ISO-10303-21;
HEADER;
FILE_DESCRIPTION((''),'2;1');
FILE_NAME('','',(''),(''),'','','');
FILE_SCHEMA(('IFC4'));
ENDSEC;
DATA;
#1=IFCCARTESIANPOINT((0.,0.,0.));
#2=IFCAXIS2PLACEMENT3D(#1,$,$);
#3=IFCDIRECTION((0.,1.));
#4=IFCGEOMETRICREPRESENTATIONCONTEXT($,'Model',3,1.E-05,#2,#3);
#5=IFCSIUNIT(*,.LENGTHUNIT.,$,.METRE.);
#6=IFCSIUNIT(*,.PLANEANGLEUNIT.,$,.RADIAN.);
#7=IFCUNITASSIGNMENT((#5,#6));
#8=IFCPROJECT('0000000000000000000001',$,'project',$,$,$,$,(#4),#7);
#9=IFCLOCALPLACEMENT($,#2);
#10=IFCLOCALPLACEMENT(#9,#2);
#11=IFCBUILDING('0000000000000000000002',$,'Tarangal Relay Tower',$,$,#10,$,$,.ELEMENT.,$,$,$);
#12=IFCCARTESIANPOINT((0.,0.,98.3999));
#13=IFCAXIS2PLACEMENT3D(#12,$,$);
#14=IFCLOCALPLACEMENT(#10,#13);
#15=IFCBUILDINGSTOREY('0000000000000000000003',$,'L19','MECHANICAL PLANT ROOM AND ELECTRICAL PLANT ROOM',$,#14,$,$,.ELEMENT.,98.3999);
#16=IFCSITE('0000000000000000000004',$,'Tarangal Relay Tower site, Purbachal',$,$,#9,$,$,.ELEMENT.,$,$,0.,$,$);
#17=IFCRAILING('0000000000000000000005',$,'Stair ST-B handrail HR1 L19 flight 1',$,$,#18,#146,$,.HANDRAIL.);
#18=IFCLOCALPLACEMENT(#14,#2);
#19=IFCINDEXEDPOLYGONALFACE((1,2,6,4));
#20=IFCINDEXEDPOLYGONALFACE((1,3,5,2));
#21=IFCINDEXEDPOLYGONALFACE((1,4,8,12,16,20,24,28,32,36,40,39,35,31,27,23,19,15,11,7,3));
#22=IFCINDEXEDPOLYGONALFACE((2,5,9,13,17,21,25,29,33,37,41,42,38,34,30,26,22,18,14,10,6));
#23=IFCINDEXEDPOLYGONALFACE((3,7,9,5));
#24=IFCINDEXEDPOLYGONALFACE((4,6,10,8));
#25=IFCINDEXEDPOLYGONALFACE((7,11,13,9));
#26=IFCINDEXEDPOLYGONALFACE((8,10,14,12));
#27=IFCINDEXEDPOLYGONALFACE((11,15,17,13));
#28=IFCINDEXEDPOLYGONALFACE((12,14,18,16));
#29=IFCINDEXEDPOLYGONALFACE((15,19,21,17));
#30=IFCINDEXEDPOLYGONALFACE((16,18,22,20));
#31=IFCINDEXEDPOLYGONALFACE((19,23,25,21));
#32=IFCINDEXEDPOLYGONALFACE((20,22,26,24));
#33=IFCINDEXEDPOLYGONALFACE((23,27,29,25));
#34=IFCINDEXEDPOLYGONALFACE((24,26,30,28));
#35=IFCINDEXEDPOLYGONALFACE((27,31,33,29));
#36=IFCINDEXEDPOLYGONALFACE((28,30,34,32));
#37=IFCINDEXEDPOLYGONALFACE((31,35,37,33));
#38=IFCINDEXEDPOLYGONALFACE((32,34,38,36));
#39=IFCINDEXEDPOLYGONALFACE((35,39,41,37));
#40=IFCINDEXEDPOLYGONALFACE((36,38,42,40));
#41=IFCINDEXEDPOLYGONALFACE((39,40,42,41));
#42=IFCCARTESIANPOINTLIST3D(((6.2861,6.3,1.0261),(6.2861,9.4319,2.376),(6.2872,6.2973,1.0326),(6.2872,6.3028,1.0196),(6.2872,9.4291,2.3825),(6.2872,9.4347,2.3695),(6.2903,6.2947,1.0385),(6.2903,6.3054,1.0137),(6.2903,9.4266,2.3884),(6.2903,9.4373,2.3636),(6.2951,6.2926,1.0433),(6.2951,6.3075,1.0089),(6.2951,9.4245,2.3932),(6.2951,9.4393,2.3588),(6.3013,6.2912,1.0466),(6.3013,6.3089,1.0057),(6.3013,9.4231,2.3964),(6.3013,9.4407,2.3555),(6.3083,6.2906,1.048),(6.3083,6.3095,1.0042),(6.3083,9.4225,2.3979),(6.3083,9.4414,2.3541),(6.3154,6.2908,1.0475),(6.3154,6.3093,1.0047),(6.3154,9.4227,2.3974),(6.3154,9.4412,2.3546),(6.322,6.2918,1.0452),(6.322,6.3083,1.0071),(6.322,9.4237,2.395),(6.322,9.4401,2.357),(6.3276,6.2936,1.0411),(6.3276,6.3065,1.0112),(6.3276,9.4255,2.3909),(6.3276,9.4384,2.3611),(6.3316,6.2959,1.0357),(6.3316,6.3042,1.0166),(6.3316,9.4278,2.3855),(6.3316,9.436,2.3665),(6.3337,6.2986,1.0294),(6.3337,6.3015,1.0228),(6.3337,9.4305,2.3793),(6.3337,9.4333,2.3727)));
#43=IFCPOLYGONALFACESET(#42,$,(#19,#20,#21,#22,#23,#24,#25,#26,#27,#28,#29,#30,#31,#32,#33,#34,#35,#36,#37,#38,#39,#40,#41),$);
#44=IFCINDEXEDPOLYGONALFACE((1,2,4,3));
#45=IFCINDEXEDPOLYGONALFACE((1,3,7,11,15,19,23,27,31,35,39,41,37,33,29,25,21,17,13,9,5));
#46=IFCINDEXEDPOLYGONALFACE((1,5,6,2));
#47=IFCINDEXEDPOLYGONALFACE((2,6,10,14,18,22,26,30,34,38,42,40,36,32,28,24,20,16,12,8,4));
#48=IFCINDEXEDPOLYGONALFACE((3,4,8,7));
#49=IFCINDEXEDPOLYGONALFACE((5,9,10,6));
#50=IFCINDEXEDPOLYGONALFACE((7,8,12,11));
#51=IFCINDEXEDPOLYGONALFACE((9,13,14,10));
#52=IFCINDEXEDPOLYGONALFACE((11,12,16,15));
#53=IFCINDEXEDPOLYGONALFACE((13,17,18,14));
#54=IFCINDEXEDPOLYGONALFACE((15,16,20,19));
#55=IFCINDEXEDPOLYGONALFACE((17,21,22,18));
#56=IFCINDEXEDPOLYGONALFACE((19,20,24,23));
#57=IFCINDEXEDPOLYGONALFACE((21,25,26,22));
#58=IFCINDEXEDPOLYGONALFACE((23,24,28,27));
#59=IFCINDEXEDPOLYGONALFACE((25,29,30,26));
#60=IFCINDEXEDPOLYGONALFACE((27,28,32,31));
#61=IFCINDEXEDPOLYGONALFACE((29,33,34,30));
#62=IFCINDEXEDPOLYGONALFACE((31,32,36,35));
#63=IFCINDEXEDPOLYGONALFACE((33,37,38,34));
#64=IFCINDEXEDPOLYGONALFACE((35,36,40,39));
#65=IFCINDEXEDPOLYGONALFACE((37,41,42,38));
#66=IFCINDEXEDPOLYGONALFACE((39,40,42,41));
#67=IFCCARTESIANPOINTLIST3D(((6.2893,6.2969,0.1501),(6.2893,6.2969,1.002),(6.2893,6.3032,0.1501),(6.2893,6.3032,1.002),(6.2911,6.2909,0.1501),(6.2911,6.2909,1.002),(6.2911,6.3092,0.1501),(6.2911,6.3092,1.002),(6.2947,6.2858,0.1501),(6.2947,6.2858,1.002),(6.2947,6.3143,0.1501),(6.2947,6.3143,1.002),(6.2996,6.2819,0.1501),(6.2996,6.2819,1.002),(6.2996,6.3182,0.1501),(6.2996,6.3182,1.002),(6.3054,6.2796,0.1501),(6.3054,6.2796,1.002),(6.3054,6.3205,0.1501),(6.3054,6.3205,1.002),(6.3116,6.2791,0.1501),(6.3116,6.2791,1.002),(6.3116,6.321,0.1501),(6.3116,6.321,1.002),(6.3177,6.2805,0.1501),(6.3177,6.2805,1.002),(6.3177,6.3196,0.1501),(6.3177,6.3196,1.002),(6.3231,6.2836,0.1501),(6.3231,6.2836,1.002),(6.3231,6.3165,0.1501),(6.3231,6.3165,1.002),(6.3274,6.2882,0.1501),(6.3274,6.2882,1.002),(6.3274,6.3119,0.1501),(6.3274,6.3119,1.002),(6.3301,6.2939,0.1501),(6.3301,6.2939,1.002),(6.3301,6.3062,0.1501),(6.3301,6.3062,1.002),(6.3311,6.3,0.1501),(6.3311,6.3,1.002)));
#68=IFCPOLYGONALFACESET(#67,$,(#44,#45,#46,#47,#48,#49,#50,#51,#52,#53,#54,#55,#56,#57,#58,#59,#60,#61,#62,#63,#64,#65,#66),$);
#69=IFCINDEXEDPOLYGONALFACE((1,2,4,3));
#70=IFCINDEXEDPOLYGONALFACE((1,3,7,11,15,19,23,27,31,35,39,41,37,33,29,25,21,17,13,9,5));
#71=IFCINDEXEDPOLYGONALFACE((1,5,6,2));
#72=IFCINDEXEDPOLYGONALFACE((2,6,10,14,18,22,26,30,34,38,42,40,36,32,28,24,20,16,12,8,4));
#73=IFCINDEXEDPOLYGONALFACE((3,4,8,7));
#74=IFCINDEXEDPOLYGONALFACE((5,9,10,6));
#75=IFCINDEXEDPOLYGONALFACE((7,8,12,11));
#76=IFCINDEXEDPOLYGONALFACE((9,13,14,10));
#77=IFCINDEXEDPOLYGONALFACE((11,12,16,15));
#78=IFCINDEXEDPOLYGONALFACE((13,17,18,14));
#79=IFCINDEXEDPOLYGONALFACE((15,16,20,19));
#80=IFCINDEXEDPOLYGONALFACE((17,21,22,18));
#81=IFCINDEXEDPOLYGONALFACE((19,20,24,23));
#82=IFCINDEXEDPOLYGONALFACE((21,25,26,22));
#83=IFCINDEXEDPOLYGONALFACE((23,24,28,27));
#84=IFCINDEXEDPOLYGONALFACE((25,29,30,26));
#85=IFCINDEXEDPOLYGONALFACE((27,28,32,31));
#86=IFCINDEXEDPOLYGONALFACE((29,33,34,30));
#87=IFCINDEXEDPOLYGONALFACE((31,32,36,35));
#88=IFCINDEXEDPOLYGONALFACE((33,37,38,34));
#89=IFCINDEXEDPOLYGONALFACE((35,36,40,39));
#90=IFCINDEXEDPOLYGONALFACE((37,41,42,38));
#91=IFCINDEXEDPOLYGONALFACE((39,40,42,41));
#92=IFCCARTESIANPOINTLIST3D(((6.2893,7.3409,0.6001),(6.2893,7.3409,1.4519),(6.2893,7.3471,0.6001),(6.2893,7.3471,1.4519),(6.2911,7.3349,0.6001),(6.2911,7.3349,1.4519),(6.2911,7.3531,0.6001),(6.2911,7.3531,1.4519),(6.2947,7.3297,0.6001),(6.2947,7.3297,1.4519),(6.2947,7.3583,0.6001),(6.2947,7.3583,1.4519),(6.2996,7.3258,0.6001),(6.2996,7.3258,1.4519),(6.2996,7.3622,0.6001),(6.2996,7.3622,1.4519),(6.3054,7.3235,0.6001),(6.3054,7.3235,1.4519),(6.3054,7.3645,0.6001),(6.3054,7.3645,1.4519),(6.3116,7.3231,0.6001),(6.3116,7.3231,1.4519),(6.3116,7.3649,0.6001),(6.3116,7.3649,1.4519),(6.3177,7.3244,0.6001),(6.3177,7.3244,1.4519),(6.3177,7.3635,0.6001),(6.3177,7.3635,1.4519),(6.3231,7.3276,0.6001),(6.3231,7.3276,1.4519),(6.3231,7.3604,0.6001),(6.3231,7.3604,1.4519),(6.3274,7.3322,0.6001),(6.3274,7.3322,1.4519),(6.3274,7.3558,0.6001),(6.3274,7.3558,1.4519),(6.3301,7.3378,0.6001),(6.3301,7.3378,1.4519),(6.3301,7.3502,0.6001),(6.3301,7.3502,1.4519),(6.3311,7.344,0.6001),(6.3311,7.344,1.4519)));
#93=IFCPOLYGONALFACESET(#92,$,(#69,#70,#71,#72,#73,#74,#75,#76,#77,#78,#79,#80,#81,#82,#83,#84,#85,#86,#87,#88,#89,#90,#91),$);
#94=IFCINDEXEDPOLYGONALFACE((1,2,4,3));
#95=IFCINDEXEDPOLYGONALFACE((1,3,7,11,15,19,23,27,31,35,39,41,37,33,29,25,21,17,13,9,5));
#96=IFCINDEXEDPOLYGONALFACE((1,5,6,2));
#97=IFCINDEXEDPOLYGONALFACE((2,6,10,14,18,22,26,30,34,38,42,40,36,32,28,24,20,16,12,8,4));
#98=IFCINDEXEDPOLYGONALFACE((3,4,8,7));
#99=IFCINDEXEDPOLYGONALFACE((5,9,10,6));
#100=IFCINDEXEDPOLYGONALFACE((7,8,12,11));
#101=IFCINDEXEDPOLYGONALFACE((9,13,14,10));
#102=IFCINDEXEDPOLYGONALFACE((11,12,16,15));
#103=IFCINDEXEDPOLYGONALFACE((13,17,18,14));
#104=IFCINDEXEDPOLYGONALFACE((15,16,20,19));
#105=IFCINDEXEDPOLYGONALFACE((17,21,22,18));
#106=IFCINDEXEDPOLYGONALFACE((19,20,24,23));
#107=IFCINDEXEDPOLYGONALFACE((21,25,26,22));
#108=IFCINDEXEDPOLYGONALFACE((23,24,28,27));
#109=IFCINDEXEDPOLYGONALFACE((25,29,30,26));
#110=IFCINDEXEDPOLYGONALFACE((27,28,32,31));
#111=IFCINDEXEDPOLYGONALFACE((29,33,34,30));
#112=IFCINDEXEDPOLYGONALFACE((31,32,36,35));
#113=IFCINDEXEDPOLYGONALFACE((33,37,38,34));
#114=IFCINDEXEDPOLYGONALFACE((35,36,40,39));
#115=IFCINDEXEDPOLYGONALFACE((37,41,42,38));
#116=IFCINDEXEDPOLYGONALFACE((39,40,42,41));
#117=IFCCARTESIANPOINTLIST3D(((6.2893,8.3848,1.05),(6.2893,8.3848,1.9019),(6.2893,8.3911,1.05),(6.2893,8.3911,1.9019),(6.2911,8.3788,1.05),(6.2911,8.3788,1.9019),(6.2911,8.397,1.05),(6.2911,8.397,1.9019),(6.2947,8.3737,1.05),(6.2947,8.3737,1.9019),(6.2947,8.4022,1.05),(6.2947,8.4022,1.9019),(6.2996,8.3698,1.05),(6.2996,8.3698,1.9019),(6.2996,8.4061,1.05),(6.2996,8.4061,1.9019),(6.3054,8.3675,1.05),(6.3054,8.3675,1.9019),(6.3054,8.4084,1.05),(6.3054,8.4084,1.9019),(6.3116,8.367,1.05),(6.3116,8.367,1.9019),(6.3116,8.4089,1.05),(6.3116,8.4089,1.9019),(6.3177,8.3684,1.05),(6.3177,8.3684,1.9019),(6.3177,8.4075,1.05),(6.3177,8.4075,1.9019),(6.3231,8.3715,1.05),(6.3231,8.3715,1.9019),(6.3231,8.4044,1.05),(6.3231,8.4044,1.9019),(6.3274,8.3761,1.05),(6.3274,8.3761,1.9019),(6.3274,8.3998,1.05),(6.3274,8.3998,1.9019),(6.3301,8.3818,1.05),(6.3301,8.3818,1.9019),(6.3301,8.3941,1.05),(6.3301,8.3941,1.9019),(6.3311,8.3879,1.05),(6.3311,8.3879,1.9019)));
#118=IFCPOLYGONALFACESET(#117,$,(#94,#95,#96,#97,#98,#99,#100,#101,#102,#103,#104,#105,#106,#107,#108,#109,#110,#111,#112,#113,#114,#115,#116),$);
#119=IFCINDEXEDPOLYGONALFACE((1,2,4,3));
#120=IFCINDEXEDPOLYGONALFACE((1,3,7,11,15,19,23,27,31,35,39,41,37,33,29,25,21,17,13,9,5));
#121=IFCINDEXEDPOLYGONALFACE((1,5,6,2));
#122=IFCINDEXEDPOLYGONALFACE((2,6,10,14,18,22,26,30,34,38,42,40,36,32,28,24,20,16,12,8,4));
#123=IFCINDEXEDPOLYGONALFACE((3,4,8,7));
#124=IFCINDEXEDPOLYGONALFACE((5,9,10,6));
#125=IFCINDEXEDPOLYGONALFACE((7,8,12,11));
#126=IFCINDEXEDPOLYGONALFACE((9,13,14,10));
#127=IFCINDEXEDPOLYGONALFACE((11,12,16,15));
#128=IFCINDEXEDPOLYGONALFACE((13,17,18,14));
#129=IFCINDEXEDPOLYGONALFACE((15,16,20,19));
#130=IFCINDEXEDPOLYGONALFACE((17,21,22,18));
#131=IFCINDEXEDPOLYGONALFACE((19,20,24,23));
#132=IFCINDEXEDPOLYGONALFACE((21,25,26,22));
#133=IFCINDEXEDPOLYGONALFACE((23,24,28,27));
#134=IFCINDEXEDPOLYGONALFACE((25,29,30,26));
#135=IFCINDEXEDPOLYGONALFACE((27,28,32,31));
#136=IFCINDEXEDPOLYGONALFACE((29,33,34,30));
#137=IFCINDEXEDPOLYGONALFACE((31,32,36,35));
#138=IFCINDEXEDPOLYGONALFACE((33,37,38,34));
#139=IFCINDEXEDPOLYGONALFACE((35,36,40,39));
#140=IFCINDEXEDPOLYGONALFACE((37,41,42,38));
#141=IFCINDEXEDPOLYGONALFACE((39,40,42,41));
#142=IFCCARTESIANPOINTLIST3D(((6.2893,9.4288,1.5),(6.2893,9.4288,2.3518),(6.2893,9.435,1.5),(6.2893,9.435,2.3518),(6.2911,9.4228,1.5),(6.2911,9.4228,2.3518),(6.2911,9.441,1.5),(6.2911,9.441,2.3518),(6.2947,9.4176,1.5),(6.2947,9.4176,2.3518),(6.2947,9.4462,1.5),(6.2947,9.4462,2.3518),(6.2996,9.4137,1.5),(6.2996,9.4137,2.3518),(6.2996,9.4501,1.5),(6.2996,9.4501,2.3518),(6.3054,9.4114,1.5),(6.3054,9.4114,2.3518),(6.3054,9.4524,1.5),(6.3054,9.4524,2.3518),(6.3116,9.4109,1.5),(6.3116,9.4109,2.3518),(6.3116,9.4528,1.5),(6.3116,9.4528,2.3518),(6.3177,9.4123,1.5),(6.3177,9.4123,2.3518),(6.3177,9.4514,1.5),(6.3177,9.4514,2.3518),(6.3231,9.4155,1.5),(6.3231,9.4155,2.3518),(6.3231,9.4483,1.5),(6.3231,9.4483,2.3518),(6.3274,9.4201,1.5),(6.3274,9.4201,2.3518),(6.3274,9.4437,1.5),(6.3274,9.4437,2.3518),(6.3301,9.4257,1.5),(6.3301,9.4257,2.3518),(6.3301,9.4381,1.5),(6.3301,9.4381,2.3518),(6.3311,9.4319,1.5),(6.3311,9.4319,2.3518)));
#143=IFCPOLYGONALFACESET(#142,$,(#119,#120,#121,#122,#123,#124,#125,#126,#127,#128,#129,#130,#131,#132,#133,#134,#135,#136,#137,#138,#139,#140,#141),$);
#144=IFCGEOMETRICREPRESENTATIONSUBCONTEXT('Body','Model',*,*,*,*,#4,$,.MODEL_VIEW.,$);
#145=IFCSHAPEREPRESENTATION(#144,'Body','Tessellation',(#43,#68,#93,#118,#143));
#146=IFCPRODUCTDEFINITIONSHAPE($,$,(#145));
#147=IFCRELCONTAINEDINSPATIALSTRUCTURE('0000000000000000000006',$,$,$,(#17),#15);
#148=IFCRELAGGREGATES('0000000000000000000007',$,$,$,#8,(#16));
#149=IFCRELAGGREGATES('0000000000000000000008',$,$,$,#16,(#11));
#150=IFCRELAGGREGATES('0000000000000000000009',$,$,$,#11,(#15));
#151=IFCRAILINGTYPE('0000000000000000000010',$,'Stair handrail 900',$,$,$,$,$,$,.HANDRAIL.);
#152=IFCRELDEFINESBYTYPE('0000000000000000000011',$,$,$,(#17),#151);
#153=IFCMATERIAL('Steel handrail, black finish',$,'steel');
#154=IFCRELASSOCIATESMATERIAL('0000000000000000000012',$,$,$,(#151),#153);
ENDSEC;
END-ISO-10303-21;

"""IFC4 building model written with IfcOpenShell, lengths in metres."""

from ifc_helpers import new_model, si_unit, direction, frame, origin, origin_2d, place, context, subcontext, project, spatial, circle, extrude, material, type_object, element, save


model = new_model("IFC4")

# Units and contexts
model_context = context("Model", 3, precision=1e-05, world=origin(), true_north=direction((0.0, 1.0)))
body_context = subcontext(model_context, "Body", "Model", "MODEL_VIEW")
ifc_project = project(units=[si_unit("LENGTHUNIT", "METRE"), si_unit("PLANEANGLEUNIT", "RADIAN")], contexts=[model_context])

# Site, building, storey
site_placement = place(None, origin())
site = spatial("IfcSite", under=ifc_project, at=site_placement, Name="Tarangal Relay Tower site, Purbachal", CompositionType="ELEMENT", RefElevation=0.0)
building_placement = place(site_placement, origin())
building = spatial("IfcBuilding", under=site, at=building_placement, Name="Tarangal Relay Tower", CompositionType="ELEMENT")
storey_placement = place(building_placement, frame((0.0, 0.0, 98.3999)))
storey = spatial("IfcBuildingStorey", under=building, at=storey_placement, Name="L19", Description="MECHANICAL PLANT ROOM AND ELECTRICAL PLANT ROOM", CompositionType="ELEMENT", Elevation=98.3999)

# Railing
ifc_material_1 = material(Name="Steel handrail, black finish", Category="steel")
railing_type_1 = type_object("IfcRailingType", Name="Stair handrail 900", PredefinedType="HANDRAIL", material=ifc_material_1)
for number, where, name in (
    (1, (6.3101, 6.3, 0.1501), "Stair ST-B handrail HR1 L19 flight 1"),
):
    element("IfcRailing", number, at=place(storey_placement, frame(where)), inside=storey, type_object=railing_type_1, Name=name, PredefinedType="HANDRAIL", context=body_context, shape_type="SweptSolid", body=[
        extrude(circle(Radius=0.0239, at=origin_2d()), frame((0.0, 0.0, 0.876), z_axis=(0.0, 0.918332, 0.395811), x_axis=(-1.0, 0.0, 0.0)), (0.0, 0.0, 1.0), 3.4104),
        extrude(circle(Radius=0.021, at=origin_2d()), origin(), (0.0, 0.0, 1.0), 0.8518),
        extrude(circle(Radius=0.021, at=origin_2d()), frame((0.0, 1.0439, 0.45)), (0.0, 0.0, 1.0), 0.8518),
        extrude(circle(Radius=0.021, at=origin_2d()), frame((0.0, 2.0879, 0.8999)), (0.0, 0.0, 1.0), 0.8518),
        extrude(circle(Radius=0.021, at=origin_2d()), frame((0.0, 3.1318, 1.3499)), (0.0, 0.0, 1.0), 0.8518),
    ])

save(model, "model.ifc")
